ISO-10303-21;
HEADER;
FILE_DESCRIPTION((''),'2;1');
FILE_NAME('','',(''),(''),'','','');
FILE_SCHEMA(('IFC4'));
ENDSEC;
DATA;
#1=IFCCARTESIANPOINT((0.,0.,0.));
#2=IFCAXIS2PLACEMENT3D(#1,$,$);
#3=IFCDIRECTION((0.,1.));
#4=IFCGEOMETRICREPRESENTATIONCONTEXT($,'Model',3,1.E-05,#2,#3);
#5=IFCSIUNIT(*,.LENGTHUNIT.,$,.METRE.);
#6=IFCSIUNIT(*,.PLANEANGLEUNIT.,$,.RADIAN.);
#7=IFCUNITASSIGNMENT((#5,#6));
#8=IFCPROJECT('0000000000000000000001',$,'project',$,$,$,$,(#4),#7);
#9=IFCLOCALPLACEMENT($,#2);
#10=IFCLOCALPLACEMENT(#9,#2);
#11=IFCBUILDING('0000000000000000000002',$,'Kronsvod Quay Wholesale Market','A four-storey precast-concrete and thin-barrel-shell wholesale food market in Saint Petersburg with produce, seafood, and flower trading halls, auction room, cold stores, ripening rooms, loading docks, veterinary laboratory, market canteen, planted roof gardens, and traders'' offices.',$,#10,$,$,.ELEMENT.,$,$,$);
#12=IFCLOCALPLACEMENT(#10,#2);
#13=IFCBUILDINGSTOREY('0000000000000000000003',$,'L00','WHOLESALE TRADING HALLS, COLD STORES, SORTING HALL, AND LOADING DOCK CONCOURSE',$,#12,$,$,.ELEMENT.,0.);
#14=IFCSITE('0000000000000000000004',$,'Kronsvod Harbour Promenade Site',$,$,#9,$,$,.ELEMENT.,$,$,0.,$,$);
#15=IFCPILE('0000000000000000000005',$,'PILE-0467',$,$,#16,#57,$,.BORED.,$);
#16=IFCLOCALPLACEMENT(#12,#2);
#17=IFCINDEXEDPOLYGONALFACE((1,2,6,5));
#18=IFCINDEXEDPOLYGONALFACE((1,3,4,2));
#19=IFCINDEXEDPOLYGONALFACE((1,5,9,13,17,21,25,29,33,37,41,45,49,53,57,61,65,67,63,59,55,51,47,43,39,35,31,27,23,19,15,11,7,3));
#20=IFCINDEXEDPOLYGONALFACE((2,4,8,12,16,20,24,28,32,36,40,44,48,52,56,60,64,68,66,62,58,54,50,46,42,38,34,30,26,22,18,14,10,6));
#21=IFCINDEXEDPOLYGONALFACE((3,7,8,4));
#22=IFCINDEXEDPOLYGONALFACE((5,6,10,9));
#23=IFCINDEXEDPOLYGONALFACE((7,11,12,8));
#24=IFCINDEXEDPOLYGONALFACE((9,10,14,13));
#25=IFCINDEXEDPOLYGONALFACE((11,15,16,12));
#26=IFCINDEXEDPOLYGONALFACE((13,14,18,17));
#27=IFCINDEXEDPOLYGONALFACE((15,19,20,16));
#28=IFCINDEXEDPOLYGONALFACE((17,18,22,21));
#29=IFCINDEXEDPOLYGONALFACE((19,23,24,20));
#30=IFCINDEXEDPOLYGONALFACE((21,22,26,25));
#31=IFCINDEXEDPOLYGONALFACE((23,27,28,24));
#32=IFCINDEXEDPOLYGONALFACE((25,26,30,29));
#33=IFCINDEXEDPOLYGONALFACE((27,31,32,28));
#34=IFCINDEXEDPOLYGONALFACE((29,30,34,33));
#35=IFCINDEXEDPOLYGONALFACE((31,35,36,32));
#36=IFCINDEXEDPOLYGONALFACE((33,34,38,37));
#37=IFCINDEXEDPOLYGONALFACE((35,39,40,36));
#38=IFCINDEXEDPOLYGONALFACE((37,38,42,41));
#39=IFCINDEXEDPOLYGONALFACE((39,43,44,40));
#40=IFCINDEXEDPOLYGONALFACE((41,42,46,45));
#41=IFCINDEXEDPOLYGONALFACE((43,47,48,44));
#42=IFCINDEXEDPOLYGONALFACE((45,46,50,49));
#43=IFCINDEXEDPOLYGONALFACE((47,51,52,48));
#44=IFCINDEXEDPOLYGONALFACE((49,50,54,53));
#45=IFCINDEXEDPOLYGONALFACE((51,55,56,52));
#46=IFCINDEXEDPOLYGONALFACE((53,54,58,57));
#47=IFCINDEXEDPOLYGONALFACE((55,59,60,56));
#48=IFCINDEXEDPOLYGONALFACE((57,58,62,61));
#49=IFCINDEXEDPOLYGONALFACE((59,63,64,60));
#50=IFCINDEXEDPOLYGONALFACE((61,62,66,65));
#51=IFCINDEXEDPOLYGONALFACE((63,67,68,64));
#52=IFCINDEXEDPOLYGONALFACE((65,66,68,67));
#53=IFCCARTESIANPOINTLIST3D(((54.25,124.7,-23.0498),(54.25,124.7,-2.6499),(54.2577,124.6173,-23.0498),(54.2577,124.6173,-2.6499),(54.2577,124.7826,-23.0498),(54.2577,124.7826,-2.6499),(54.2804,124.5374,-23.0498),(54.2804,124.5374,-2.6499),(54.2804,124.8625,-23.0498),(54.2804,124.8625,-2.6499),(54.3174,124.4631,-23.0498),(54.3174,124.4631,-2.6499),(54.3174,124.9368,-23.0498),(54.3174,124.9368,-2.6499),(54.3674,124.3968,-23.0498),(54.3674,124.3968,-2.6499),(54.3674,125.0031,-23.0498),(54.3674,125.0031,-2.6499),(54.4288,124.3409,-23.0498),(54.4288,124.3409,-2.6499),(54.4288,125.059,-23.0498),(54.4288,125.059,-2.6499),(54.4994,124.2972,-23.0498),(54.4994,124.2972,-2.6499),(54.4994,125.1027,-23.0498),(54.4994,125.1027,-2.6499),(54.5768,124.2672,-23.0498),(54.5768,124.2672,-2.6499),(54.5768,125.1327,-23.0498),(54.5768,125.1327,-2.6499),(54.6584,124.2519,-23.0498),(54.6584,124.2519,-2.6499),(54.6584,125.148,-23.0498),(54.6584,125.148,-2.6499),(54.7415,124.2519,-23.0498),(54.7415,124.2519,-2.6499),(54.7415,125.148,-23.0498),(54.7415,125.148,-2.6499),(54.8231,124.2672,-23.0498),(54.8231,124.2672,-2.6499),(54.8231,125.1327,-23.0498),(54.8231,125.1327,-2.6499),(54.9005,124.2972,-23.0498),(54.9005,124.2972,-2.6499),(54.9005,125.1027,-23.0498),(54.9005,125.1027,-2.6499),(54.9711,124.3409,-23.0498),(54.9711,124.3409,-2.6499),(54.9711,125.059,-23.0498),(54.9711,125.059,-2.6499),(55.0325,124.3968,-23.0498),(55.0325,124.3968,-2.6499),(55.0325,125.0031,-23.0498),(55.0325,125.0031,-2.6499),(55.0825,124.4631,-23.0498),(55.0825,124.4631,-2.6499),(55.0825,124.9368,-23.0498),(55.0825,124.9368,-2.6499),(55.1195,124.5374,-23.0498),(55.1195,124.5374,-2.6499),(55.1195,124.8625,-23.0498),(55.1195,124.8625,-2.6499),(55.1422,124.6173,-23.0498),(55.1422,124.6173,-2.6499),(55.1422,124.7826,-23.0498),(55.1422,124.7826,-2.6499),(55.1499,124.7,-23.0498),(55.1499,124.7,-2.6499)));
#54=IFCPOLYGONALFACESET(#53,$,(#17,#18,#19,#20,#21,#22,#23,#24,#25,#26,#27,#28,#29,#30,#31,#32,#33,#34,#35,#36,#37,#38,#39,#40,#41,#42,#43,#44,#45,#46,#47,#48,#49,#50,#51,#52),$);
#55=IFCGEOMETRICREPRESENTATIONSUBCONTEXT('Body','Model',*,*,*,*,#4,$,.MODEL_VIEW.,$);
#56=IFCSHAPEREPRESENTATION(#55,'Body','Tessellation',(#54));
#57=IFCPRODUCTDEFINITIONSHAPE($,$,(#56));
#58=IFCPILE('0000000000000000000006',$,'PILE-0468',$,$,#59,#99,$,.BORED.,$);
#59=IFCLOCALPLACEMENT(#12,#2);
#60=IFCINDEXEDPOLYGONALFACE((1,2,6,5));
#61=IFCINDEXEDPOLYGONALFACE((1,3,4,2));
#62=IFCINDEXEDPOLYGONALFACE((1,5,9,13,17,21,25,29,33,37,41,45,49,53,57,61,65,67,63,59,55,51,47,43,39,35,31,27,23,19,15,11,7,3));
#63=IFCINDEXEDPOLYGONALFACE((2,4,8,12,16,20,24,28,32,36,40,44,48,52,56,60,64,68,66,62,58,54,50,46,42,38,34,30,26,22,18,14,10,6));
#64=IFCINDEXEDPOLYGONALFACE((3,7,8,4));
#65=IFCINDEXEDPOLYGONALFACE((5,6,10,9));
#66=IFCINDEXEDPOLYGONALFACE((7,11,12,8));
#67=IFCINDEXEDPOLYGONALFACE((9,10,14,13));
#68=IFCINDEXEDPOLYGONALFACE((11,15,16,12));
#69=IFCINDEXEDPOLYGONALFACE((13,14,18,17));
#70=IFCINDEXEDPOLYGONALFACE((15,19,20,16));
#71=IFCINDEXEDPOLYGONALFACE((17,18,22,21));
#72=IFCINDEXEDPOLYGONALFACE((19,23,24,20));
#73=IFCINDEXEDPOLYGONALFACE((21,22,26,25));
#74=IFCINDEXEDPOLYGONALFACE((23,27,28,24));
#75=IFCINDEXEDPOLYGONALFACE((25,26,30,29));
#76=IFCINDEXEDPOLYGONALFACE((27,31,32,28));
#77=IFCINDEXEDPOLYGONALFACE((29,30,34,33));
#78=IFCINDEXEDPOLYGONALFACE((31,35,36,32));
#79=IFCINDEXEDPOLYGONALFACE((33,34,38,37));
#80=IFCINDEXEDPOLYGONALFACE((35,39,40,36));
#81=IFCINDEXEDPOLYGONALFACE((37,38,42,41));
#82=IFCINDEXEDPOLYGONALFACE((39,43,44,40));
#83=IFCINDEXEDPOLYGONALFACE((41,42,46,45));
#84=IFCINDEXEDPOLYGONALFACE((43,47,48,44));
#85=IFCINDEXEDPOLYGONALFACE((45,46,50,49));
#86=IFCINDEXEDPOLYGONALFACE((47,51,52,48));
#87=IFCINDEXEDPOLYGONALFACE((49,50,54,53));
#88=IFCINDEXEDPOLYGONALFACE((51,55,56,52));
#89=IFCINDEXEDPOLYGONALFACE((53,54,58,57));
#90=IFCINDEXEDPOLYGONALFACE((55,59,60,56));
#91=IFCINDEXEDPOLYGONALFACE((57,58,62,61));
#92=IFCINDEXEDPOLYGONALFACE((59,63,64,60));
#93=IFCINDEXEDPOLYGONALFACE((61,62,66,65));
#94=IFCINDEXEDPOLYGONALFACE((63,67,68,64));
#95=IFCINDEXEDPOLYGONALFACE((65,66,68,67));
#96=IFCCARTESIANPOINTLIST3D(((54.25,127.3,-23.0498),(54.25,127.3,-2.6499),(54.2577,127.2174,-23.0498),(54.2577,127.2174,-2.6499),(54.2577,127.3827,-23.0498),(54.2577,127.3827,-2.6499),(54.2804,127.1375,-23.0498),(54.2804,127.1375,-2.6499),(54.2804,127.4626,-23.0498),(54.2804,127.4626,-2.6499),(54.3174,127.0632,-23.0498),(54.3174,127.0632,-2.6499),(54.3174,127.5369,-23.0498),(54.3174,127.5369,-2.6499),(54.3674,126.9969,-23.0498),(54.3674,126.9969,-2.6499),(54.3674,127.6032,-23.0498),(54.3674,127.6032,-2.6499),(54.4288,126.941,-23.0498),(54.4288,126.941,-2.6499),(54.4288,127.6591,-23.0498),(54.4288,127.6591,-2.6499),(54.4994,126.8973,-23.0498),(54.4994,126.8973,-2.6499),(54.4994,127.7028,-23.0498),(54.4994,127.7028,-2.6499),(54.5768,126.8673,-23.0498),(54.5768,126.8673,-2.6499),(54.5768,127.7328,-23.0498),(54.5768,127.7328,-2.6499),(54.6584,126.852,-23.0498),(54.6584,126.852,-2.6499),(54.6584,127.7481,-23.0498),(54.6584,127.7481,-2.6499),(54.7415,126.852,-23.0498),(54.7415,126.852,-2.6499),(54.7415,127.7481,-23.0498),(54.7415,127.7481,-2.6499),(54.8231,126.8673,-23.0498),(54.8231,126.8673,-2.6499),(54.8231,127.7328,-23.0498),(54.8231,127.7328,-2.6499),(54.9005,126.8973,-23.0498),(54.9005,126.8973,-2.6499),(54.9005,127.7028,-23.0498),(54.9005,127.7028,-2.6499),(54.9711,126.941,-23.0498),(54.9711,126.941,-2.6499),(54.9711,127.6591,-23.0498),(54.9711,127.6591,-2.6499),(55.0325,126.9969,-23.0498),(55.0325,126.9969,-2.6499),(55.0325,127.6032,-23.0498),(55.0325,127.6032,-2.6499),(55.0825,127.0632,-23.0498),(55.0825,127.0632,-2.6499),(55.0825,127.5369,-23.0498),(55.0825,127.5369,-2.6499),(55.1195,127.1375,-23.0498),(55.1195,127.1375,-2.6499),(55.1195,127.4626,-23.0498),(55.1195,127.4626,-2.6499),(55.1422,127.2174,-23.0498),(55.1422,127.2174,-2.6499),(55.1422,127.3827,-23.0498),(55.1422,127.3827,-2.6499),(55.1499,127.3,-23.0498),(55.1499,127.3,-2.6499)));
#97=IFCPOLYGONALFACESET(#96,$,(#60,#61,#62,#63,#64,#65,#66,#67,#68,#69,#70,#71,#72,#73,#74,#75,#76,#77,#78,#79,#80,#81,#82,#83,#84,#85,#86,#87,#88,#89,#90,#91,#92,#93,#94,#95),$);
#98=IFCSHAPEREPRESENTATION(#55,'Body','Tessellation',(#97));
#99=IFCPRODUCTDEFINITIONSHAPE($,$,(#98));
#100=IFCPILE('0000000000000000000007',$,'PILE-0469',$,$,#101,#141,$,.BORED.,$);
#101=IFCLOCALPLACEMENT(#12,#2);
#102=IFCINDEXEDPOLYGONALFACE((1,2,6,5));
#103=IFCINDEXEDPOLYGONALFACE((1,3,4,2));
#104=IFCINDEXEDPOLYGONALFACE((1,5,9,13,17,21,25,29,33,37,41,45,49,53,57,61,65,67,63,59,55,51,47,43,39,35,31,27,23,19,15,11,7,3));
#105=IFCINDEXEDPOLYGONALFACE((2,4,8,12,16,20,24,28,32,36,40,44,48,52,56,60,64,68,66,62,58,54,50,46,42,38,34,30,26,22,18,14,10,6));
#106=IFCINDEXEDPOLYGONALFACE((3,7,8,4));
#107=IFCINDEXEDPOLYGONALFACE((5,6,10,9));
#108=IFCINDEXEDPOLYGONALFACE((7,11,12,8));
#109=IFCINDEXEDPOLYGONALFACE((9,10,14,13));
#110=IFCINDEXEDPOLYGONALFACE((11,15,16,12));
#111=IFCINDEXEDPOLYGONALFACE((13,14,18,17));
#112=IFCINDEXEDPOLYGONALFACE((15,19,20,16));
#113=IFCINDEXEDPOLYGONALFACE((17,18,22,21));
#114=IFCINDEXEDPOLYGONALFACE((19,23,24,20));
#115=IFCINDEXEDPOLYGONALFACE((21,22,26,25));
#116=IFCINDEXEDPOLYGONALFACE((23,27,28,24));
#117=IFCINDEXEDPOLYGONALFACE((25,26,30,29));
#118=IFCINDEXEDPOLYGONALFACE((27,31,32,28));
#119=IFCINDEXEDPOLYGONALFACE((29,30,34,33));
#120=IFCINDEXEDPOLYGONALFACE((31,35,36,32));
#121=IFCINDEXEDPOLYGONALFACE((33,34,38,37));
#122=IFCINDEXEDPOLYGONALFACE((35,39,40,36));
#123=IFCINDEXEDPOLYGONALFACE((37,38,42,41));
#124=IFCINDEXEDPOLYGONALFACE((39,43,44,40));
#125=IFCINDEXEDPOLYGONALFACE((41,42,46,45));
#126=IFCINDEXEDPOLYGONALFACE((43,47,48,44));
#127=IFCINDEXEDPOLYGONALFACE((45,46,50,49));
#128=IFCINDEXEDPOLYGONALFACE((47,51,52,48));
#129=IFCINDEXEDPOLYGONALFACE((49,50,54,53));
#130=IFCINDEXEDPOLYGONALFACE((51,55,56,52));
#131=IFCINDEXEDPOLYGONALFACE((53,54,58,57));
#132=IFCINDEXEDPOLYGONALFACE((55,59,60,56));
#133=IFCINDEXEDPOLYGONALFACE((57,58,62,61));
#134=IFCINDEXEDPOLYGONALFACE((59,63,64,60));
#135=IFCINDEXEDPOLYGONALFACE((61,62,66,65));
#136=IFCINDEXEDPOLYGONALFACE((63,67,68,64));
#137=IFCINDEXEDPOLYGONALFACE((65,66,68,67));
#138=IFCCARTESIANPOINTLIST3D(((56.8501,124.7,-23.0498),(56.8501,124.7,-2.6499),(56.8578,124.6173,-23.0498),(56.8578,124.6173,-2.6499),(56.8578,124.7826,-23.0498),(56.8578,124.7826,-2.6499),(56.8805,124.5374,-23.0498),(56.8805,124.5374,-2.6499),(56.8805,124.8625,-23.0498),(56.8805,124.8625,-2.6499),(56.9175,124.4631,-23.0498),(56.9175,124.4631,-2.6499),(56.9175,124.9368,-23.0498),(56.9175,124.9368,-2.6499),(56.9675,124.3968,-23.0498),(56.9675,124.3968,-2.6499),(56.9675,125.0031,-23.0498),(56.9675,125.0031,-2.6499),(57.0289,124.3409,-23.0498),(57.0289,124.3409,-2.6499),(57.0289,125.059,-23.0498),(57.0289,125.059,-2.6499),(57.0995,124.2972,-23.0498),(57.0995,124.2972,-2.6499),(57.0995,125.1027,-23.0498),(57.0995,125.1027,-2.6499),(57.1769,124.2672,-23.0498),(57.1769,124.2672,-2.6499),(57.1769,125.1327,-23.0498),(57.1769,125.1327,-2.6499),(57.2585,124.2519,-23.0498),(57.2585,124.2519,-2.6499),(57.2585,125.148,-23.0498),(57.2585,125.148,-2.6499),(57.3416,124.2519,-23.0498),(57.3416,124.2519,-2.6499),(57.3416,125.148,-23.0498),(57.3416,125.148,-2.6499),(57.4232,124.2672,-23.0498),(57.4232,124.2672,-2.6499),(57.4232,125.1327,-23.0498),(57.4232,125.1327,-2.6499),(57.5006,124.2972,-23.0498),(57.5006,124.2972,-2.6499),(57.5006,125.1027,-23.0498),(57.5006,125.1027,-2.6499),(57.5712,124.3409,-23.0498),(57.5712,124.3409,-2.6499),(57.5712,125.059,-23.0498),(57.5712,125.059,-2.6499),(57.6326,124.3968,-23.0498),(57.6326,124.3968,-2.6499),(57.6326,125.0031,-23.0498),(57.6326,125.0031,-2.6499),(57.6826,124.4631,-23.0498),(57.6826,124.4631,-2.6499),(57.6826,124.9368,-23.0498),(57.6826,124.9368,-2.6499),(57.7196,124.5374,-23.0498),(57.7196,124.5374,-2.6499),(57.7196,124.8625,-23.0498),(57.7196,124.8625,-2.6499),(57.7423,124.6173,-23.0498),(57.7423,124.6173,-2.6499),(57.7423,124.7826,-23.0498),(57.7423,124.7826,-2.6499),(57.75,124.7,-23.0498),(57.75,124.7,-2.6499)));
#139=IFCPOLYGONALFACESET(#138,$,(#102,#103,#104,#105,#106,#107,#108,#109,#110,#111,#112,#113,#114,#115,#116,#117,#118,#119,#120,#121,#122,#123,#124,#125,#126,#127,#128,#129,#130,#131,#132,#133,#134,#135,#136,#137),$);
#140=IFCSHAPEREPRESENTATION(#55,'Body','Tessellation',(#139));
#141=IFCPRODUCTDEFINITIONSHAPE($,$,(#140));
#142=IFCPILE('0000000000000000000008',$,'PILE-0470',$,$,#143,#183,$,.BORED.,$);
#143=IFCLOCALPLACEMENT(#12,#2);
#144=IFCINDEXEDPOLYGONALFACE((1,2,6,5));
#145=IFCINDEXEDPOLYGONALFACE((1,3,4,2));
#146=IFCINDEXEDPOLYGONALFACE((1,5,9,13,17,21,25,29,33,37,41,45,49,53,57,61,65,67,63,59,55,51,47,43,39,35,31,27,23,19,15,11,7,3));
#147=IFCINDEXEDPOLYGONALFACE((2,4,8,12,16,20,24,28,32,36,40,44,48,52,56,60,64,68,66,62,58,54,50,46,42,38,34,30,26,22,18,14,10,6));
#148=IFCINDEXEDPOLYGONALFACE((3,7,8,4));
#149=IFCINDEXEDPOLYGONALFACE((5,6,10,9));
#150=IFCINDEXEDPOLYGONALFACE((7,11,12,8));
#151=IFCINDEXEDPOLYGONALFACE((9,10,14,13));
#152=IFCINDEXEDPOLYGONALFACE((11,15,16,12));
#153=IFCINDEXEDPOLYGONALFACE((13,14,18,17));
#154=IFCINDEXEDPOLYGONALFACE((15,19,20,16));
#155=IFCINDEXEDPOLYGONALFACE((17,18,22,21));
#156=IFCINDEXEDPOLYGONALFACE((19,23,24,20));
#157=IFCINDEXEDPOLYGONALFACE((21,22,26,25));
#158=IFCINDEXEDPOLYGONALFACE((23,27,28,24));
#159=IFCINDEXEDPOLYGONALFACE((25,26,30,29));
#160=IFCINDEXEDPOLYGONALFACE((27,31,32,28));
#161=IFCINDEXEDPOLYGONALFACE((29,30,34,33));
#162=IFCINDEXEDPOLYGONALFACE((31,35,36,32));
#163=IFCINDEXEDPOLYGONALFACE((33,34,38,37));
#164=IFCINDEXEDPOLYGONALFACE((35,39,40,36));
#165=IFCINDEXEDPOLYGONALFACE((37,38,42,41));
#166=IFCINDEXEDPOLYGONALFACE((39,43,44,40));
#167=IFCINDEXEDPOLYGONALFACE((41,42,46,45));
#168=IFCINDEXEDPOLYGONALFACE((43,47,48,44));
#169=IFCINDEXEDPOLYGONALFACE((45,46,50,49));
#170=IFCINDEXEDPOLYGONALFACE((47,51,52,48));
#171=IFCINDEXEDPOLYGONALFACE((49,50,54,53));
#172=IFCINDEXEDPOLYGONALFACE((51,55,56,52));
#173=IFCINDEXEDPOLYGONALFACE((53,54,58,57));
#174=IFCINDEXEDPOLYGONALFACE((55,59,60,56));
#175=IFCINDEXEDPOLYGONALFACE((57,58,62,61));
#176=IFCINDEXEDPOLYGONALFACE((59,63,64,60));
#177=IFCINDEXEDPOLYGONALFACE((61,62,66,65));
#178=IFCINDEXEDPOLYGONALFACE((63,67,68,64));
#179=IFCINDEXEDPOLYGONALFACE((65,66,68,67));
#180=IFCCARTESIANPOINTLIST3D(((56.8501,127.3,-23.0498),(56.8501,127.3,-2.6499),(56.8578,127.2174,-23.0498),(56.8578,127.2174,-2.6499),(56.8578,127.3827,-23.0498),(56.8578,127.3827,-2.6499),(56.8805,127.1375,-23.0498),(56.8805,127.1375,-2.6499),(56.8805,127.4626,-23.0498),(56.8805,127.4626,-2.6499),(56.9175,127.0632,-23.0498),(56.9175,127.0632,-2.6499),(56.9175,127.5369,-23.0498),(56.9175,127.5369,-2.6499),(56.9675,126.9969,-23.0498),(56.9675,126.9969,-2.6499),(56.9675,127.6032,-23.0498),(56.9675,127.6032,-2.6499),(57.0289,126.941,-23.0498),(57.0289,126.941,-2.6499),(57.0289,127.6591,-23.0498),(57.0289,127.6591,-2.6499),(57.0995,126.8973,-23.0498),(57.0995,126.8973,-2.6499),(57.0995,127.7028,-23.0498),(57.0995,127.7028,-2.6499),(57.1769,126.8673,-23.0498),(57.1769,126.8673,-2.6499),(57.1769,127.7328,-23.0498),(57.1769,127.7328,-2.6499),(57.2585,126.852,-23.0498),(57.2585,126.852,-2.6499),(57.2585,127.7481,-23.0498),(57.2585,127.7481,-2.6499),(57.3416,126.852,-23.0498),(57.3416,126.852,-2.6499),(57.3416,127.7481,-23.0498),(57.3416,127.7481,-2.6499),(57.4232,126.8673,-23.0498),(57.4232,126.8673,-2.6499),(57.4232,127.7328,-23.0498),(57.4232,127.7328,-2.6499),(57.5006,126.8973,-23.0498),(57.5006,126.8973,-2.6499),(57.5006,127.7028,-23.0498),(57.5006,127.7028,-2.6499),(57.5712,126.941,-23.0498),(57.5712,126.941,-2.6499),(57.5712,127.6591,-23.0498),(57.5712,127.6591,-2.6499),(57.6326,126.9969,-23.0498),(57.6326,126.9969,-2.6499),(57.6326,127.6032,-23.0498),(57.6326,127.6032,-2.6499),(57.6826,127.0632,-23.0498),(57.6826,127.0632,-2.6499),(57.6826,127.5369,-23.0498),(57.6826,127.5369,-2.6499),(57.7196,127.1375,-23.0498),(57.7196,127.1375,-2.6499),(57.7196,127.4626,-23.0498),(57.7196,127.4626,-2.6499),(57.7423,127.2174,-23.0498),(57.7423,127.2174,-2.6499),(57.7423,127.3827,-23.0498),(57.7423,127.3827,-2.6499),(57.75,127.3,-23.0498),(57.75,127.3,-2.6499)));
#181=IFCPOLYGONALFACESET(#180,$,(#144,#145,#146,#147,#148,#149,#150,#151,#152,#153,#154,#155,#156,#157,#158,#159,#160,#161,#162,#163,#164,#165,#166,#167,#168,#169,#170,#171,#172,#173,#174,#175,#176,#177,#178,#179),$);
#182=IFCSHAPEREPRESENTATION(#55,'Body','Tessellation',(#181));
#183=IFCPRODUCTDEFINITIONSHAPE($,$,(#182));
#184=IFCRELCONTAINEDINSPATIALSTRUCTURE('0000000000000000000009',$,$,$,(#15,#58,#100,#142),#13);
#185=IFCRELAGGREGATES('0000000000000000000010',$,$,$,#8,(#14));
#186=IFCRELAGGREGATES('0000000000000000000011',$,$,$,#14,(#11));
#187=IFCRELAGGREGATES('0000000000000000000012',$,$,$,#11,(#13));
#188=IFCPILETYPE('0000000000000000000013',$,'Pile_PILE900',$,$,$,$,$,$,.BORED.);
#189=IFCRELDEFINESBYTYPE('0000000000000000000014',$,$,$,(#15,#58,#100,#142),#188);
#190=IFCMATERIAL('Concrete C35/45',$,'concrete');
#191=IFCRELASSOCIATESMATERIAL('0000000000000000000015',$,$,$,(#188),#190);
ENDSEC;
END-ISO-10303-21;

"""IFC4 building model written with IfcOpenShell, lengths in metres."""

from ifc_helpers import new_model, si_unit, direction, frame, origin, origin_2d, place, context, subcontext, project, spatial, circle, extrude, material, material_profile, profile_set, type_object, element, save


model = new_model("IFC4")

# Units and contexts
model_context = context("Model", 3, precision=1e-05, world=origin(), true_north=direction((0.0, 1.0)))
body_context = subcontext(model_context, "Body", "Model", "MODEL_VIEW")
ifc_project = project(units=[si_unit("LENGTHUNIT", "METRE"), si_unit("PLANEANGLEUNIT", "RADIAN")], contexts=[model_context])

# Site, building, storey
site_placement = place(None, origin())
site = spatial("IfcSite", under=ifc_project, at=site_placement, Name="Kronsvod Harbour Promenade Site", CompositionType="ELEMENT", RefElevation=0.0)
building_placement = place(site_placement, origin())
building = spatial("IfcBuilding", under=site, at=building_placement, Name="Kronsvod Quay Wholesale Market", Description="A four-storey precast-concrete and thin-barrel-shell wholesale food market in Saint Petersburg with produce, seafood, and flower trading halls, auction room, cold stores, ripening rooms, loading docks, veterinary laboratory, market canteen, planted roof gardens, and traders' offices.", CompositionType="ELEMENT")
storey_placement = place(building_placement, origin())
storey = spatial("IfcBuildingStorey", under=building, at=storey_placement, Name="L00", Description="WHOLESALE TRADING HALLS, COLD STORES, SORTING HALL, AND LOADING DOCK CONCOURSE", CompositionType="ELEMENT", Elevation=0.0)

# Piles
ifc_material_1 = material(Name="Concrete C35/45", Category="concrete")
ifc_material_profile_1 = material_profile(ifc_material_1, circle(Radius=0.45, at=origin_2d()), Name="PILE900")
ifc_profile_set_1 = profile_set([ifc_material_profile_1], Name="Concrete C35/45")
pile_type = type_object("IfcPileType", Name="Pile_PILE900", PredefinedType="BORED", material=ifc_profile_set_1)
for number, where, z_axis, x_axis, name in (
    (1, (54.7, 124.7, -2.6499), (0.0, 0.0, -1.0), (1.0, 0.0, 0.0), "PILE-0467"),
    (2, (54.7, 127.3, -2.6499), (0.0, 0.0, -1.0), (1.0, 0.0, 0.0), "PILE-0468"),
    (3, (57.3, 124.7, -2.6499), (0.0, 0.0, -1.0), (1.0, 0.0, 0.0), "PILE-0469"),
    (4, (57.3, 127.3, -2.6499), (0.0, 0.0, -1.0), (1.0, 0.0, 0.0), "PILE-0470"),
):
    element("IfcPile", number, at=place(storey_placement, frame(where, z_axis=z_axis, x_axis=x_axis)), inside=storey, type_object=pile_type, Name=name, PredefinedType="BORED", context=body_context, shape_type="SweptSolid", body=[
        extrude(circle(Radius=0.45, at=origin_2d()), origin(), (0.0, 0.0, 1.0), 20.3999),
    ])

save(model, "model.ifc")
